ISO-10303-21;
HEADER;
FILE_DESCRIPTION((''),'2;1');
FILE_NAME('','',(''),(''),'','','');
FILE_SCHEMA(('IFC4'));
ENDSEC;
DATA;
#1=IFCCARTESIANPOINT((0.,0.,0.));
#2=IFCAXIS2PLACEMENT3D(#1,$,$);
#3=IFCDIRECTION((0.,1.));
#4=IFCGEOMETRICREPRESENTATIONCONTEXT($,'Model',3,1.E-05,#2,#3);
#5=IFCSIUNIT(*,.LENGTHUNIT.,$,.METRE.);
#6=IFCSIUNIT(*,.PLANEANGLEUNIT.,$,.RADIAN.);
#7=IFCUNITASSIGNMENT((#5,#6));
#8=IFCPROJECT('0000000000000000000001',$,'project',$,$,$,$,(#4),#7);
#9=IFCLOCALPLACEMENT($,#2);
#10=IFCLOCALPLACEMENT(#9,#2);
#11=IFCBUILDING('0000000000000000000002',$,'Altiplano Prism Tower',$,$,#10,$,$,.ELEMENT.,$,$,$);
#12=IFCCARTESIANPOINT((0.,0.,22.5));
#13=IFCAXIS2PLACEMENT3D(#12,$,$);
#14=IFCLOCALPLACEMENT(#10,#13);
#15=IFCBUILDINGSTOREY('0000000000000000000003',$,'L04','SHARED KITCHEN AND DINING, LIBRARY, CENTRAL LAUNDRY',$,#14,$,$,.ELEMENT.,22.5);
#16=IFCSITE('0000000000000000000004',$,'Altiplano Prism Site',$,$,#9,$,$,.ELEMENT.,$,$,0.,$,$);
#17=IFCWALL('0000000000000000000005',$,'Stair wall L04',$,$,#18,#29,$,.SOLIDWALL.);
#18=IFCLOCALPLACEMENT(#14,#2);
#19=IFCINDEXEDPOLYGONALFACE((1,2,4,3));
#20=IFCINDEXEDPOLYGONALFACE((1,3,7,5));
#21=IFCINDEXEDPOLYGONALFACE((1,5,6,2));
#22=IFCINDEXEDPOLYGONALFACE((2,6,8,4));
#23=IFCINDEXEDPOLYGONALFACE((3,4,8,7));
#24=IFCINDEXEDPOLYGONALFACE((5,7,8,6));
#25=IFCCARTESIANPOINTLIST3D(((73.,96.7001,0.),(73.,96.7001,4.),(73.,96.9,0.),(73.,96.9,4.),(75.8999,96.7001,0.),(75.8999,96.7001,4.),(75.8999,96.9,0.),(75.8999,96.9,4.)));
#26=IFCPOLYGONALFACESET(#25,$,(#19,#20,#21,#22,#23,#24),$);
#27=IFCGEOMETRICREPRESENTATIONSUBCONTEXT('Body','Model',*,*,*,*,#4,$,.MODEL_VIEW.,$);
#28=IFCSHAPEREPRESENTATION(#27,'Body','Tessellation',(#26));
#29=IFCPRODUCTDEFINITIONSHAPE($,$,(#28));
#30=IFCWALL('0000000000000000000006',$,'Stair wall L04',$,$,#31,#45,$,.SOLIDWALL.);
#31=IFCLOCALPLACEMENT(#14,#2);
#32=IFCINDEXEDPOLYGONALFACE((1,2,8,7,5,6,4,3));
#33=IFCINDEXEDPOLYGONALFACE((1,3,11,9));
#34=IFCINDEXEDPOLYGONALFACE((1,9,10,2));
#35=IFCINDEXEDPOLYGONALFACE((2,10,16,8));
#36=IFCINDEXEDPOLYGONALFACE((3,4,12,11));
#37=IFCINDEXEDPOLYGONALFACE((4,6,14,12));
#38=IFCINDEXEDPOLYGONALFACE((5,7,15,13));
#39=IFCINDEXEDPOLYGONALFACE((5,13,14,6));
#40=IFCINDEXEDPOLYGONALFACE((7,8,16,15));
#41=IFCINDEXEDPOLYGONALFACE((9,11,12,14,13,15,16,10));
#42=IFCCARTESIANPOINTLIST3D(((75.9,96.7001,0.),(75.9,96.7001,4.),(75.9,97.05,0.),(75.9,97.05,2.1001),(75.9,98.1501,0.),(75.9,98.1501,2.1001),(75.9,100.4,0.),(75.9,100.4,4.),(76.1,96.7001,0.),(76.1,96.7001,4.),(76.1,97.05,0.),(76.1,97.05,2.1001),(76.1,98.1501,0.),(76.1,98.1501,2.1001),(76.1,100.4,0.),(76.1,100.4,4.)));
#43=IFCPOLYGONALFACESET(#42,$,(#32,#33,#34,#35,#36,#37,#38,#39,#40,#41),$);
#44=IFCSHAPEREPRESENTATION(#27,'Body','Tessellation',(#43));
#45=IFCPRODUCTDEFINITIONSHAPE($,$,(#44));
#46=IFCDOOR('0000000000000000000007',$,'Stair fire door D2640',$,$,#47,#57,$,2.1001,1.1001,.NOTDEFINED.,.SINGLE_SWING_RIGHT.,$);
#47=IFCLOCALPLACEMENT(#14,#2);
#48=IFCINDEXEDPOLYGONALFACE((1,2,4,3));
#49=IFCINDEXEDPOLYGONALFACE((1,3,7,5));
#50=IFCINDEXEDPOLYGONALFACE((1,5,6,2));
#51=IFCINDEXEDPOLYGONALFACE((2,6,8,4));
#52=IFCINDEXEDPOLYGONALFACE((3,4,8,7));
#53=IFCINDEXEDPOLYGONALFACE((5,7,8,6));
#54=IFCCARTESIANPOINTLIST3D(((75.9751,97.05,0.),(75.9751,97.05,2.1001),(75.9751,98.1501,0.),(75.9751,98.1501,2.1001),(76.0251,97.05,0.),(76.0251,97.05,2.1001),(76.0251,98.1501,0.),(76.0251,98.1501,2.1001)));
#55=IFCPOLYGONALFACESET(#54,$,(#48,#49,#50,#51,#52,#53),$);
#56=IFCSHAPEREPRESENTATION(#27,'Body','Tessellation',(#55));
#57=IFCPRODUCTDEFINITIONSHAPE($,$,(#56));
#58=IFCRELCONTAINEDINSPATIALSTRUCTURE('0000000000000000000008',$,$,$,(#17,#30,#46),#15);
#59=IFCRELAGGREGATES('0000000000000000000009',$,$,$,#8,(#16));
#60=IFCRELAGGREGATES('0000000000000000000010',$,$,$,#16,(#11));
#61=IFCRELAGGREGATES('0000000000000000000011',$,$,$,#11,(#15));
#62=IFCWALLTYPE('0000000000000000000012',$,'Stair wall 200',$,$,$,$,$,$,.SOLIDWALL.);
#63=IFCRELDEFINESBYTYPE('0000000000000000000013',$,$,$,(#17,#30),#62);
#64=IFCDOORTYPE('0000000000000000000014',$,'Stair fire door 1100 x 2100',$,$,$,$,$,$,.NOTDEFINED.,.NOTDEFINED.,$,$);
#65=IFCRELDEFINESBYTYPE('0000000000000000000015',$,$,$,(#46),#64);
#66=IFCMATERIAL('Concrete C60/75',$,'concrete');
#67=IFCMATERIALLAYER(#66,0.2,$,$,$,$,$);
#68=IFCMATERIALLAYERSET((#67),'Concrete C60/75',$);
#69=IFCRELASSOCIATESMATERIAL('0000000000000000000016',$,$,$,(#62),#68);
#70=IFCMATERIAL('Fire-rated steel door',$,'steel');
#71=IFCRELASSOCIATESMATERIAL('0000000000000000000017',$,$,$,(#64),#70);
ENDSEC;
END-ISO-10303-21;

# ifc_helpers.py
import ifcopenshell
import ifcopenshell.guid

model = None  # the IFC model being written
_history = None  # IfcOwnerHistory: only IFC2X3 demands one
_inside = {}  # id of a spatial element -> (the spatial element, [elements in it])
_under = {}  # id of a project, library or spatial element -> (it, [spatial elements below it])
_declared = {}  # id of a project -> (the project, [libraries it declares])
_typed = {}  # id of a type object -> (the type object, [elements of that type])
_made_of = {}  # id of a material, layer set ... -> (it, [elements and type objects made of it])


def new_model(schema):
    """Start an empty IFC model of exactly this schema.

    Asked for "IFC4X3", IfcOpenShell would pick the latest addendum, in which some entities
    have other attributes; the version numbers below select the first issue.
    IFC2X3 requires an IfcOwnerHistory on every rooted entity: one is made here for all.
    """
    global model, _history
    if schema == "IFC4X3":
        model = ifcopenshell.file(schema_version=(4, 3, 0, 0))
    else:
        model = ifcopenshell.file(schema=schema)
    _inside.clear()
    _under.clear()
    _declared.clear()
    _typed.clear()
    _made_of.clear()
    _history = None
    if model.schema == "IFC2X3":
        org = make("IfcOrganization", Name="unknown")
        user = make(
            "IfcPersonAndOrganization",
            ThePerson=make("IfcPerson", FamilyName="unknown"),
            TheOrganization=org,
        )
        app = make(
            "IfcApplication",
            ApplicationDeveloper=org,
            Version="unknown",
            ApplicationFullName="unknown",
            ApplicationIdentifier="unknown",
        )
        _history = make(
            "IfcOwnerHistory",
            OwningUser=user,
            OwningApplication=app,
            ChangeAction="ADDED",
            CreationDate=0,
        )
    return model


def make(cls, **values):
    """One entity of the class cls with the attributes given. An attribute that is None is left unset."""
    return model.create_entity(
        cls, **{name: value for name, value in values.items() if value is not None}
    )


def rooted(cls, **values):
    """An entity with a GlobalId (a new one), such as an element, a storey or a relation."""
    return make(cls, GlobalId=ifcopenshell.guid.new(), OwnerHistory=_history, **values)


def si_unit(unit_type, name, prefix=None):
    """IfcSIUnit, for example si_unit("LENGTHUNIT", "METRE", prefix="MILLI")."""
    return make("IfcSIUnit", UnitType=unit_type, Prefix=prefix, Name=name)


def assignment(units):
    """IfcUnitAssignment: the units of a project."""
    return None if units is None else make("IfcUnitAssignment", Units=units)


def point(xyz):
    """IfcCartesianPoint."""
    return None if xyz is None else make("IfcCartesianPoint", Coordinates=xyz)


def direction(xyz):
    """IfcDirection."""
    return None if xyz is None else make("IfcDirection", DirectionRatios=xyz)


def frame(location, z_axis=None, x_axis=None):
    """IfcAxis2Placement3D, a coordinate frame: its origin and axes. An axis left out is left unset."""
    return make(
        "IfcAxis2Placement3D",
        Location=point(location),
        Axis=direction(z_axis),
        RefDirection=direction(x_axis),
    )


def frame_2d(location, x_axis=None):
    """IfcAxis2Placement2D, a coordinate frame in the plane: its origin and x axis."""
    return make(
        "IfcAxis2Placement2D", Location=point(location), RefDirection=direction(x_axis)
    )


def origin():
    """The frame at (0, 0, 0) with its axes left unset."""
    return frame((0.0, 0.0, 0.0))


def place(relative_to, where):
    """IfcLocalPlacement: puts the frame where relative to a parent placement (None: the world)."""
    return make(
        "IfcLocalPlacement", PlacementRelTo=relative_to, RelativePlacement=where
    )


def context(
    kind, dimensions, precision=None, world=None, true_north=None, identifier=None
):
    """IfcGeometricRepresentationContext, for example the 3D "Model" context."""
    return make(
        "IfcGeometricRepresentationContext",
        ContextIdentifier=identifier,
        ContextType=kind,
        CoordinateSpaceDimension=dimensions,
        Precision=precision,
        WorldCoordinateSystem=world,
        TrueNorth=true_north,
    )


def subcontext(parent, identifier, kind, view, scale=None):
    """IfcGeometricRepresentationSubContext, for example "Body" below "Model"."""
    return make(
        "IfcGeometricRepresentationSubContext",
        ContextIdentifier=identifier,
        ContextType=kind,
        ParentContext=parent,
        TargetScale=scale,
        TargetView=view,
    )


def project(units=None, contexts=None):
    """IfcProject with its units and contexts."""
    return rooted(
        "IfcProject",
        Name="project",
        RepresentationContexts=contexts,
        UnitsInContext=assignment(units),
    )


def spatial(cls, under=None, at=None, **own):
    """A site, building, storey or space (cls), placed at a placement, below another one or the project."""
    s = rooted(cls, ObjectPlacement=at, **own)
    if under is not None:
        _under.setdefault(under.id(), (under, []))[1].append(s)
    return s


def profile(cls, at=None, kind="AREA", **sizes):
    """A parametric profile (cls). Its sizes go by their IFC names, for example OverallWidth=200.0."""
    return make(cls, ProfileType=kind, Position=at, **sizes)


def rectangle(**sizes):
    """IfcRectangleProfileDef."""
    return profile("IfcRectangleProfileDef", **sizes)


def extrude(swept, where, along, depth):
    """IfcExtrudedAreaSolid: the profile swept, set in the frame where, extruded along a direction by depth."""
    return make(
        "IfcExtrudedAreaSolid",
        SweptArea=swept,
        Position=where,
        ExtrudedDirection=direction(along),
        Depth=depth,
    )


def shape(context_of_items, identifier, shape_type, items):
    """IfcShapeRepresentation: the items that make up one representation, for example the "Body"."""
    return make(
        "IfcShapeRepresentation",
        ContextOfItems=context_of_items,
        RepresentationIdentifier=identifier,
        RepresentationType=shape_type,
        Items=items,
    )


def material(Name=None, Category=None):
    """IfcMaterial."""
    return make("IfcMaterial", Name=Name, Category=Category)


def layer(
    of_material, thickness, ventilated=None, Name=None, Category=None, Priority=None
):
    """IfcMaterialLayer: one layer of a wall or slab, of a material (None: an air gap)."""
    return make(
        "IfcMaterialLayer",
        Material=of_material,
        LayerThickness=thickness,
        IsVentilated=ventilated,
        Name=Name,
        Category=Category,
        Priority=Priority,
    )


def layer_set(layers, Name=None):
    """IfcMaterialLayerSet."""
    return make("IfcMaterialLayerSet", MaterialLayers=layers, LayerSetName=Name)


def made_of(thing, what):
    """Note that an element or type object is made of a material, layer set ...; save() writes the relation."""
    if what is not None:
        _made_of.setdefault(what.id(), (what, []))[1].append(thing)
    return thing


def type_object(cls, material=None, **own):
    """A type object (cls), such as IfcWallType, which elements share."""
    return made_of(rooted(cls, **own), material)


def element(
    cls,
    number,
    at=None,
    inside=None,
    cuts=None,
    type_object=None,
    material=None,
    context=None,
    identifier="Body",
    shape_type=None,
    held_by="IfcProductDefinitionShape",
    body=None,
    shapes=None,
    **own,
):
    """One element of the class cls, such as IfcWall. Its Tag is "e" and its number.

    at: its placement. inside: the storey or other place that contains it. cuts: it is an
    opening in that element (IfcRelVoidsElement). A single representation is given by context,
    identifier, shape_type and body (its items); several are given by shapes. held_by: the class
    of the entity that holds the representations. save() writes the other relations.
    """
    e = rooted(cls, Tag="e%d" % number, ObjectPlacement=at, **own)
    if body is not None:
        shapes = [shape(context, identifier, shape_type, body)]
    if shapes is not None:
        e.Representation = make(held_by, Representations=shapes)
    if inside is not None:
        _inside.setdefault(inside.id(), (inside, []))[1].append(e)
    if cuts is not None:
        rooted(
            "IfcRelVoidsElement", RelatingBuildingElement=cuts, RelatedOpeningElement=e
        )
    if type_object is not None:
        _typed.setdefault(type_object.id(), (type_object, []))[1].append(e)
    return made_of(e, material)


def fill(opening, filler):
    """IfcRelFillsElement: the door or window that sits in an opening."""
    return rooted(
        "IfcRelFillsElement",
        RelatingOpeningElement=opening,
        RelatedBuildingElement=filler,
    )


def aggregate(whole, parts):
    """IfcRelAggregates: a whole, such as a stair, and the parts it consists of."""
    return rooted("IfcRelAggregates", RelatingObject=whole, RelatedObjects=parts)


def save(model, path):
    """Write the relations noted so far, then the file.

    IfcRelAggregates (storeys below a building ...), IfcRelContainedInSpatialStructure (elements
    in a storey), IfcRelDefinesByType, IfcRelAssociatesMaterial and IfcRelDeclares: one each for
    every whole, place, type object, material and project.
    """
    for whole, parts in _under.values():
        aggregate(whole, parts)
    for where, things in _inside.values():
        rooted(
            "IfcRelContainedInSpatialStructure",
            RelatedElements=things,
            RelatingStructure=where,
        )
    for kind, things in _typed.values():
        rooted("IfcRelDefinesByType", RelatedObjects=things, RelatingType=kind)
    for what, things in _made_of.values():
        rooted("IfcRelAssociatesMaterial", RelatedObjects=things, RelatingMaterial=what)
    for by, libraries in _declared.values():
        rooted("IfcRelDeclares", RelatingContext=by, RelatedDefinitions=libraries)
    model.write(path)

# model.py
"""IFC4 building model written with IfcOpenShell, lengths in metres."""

from ifc_helpers import new_model, si_unit, direction, frame, frame_2d, origin, place, context, subcontext, project, spatial, rectangle, extrude, material, layer, layer_set, type_object, element, fill, save


model = new_model("IFC4")

# Units and contexts
model_context = context("Model", 3, precision=1e-05, world=origin(), true_north=direction((0.0, 1.0)))
body_context = subcontext(model_context, "Body", "Model", "MODEL_VIEW")
ifc_project = project(units=[si_unit("LENGTHUNIT", "METRE"), si_unit("PLANEANGLEUNIT", "RADIAN")], contexts=[model_context])

# Site, building, storey
site_placement = place(None, origin())
site = spatial("IfcSite", under=ifc_project, at=site_placement, Name="Altiplano Prism Site", CompositionType="ELEMENT", RefElevation=0.0)
building_placement = place(site_placement, origin())
building = spatial("IfcBuilding", under=site, at=building_placement, Name="Altiplano Prism Tower", CompositionType="ELEMENT")
storey_placement = place(building_placement, frame((0.0, 0.0, 22.5)))
storey = spatial("IfcBuildingStorey", under=building, at=storey_placement, Name="L04", Description="SHARED KITCHEN AND DINING, LIBRARY, CENTRAL LAUNDRY", CompositionType="ELEMENT", Elevation=22.5)

# Shared definitions
ifc_material_1 = material(Name="Fire-rated steel door", Category="steel")

# Wall
ifc_material_2 = material(Name="Concrete C60/75", Category="concrete")
ifc_layer_1 = layer(ifc_material_2, 0.2)
ifc_layer_set_1 = layer_set([ifc_layer_1], Name="Concrete C60/75")
wall_type_1 = type_object("IfcWallType", Name="Stair wall 200", PredefinedType="SOLIDWALL", material=ifc_layer_set_1)
wall_1_placement = place(storey_placement, frame((73.0, 96.8, 0.0), z_axis=(0.0, 0.0, 1.0), x_axis=(1.0, 0.0, 0.0)))
element("IfcWall", 1, at=wall_1_placement, inside=storey, type_object=wall_type_1, Name="Stair wall L04", PredefinedType="SOLIDWALL", context=body_context, shape_type="SweptSolid", body=[
    extrude(rectangle(XDim=2.8999, YDim=0.2, at=frame_2d((1.45, 0.0))), origin(), (0.0, 0.0, 1.0), 4.0),
])

# Wall, opening, door
wall_2_placement = place(storey_placement, frame((76.0, 96.7, 0.0), z_axis=(0.0, 0.0, 1.0), x_axis=(0.0, 1.0, 0.0)))
wall_2 = element("IfcWall", 2, at=wall_2_placement, inside=storey, type_object=wall_type_1, Name="Stair wall L04", PredefinedType="SOLIDWALL", context=body_context, shape_type="SweptSolid", body=[
    extrude(rectangle(XDim=3.7, YDim=0.2, at=frame_2d((1.8501, 0.0))), origin(), (0.0, 0.0, 1.0), 4.0),
])
opening_1_placement = place(wall_2_placement, frame((0.3501, 0.0, 0.0)))
opening_1 = element("IfcOpeningElement", 3, at=opening_1_placement, cuts=wall_2, PredefinedType="OPENING", context=body_context, shape_type="SweptSolid", body=[
    extrude(rectangle(XDim=1.1001, YDim=2.1001, at=frame_2d((0.55, 1.05))), frame((0.0, 0.1104, 0.0), z_axis=(0.0, -1.0, 0.0), x_axis=(1.0, 0.0, 0.0)), (0.0, 0.0, 1.0), 0.2209),
])
door_type_1 = type_object("IfcDoorType", Name="Stair fire door 1100 x 2100", OperationType="NOTDEFINED", PredefinedType="NOTDEFINED", material=ifc_material_1)
door_1_placement = place(opening_1_placement, origin())
door_1 = element("IfcDoor", 4, at=door_1_placement, inside=storey, type_object=door_type_1, Name="Stair fire door D2640", OperationType="SINGLE_SWING_RIGHT", OverallHeight=2.1001, OverallWidth=1.1001, PredefinedType="NOTDEFINED", context=body_context, shape_type="SweptSolid", body=[
    extrude(rectangle(XDim=1.1001, YDim=2.1001, at=frame_2d((0.55, 1.05))), frame((0.0, 0.0249, 0.0), z_axis=(0.0, -1.0, 0.0), x_axis=(1.0, 0.0, 0.0)), (0.0, 0.0, 1.0), 0.05),
])
fill(opening_1, door_1)

save(model, "model.ifc")
